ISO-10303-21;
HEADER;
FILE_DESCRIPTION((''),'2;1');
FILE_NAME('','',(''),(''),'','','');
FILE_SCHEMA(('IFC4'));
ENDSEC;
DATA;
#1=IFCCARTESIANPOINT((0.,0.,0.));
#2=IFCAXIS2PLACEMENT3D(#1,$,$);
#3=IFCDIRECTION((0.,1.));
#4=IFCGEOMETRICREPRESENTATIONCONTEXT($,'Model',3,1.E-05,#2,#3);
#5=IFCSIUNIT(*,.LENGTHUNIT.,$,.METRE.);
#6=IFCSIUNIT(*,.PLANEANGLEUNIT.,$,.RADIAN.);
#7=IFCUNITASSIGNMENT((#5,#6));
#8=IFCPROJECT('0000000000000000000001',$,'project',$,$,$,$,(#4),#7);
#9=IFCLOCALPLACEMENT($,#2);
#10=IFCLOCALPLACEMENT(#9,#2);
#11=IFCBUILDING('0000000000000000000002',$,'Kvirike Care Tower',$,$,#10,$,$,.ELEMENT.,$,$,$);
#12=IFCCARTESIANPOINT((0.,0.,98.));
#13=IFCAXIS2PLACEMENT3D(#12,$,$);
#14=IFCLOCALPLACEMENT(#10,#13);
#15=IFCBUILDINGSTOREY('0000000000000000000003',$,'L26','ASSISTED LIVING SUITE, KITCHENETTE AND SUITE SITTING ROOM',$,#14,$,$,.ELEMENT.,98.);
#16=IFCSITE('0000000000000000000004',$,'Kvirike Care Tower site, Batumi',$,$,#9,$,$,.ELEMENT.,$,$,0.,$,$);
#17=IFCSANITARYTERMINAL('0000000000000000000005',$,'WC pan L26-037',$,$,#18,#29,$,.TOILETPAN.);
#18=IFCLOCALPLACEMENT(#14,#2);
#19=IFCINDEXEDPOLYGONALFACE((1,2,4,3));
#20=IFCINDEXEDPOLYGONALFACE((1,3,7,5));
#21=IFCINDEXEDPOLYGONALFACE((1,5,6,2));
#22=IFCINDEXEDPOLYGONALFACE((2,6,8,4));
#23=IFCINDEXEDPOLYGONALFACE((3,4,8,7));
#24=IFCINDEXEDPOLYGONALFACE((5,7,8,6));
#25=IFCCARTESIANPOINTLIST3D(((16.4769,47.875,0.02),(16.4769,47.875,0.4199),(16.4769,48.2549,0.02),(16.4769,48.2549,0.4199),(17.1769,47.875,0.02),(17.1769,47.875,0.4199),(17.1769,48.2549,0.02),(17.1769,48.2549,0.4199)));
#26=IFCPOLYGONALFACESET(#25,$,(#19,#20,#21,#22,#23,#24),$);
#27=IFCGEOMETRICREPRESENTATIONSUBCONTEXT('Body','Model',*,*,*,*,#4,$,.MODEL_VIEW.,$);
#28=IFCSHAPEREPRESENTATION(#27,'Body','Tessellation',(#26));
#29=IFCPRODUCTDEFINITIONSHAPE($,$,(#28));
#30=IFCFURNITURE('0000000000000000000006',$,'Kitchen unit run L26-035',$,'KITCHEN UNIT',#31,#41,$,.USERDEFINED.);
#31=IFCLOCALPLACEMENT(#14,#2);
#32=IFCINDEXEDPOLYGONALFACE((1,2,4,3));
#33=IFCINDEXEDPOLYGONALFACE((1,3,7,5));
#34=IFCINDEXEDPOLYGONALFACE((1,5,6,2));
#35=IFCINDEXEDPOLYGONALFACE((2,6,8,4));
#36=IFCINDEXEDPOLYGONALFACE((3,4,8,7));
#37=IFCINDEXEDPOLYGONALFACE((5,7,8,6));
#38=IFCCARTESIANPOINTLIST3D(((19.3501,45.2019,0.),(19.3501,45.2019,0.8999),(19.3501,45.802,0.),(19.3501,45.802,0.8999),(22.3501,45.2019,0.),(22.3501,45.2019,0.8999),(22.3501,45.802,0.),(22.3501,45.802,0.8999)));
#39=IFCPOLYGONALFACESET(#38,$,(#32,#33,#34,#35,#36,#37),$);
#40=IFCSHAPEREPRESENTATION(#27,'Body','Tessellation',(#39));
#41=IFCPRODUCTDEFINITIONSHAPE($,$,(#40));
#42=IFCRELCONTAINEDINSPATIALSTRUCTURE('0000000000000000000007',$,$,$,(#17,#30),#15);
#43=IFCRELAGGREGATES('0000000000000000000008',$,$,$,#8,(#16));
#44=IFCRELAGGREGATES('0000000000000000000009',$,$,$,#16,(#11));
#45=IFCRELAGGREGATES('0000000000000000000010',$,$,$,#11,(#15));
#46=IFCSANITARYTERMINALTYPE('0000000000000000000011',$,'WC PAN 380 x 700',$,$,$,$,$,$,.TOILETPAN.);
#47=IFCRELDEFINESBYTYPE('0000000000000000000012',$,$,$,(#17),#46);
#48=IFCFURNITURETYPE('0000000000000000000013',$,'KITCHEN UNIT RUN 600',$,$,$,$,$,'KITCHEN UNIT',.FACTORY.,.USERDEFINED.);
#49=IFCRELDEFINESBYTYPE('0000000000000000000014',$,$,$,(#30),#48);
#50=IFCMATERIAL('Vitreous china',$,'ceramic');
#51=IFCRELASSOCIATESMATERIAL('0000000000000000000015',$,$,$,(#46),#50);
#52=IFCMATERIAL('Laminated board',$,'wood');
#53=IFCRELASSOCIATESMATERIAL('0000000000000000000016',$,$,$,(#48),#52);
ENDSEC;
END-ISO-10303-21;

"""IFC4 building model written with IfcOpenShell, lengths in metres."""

from ifc_helpers import new_model, si_unit, direction, frame, origin, origin_2d, place, context, subcontext, project, spatial, rectangle, extrude, material, type_object, element, save


model = new_model("IFC4")

# Units and contexts
model_context = context("Model", 3, precision=1e-05, world=origin(), true_north=direction((0.0, 1.0)))
body_context = subcontext(model_context, "Body", "Model", "MODEL_VIEW")
ifc_project = project(units=[si_unit("LENGTHUNIT", "METRE"), si_unit("PLANEANGLEUNIT", "RADIAN")], contexts=[model_context])

# Site, building, storey
site_placement = place(None, origin())
site = spatial("IfcSite", under=ifc_project, at=site_placement, Name="Kvirike Care Tower site, Batumi", CompositionType="ELEMENT", RefElevation=0.0)
building_placement = place(site_placement, origin())
building = spatial("IfcBuilding", under=site, at=building_placement, Name="Kvirike Care Tower", CompositionType="ELEMENT")
storey_placement = place(building_placement, frame((0.0, 0.0, 98.0)))
storey = spatial("IfcBuildingStorey", under=building, at=storey_placement, Name="L26", Description="ASSISTED LIVING SUITE, KITCHENETTE AND SUITE SITTING ROOM", CompositionType="ELEMENT", Elevation=98.0)

# Sanitary terminal
ifc_material_1 = material(Name="Vitreous china", Category="ceramic")
sanitary_terminal_type_1 = type_object("IfcSanitaryTerminalType", Name="WC PAN 380 x 700", PredefinedType="TOILETPAN", material=ifc_material_1)
for number, where, z_axis, x_axis, name in (
    (1, (16.8269, 48.0649, 0.02), (0.0, 0.0, 1.0), (0.0, 1.0, 0.0), "WC pan L26-037"),
):
    element("IfcSanitaryTerminal", number, at=place(storey_placement, frame(where, z_axis=z_axis, x_axis=x_axis)), inside=storey, type_object=sanitary_terminal_type_1, Name=name, PredefinedType="TOILETPAN", context=body_context, shape_type="SweptSolid", body=[
        extrude(rectangle(XDim=0.3799, YDim=0.7, at=origin_2d()), origin(), (0.0, 0.0, 1.0), 0.3999),
    ])

# Furniture
ifc_material_2 = material(Name="Laminated board", Category="wood")
furniture_type = type_object("IfcFurnitureType", Name="KITCHEN UNIT RUN 600", ElementType="KITCHEN UNIT", AssemblyPlace="FACTORY", PredefinedType="USERDEFINED", material=ifc_material_2)
furniture_placement = place(storey_placement, frame((20.8501, 45.502, 0.0), z_axis=(0.0, 0.0, 1.0), x_axis=(-1.0, 0.0, 0.0)))
element("IfcFurniture", 2, at=furniture_placement, inside=storey, type_object=furniture_type, Name="Kitchen unit run L26-035", ObjectType="KITCHEN UNIT", PredefinedType="USERDEFINED", context=body_context, shape_type="SweptSolid", body=[
    extrude(rectangle(XDim=3.0, YDim=0.6001, at=origin_2d()), origin(), (0.0, 0.0, 1.0), 0.8999),
])

save(model, "model.ifc")
